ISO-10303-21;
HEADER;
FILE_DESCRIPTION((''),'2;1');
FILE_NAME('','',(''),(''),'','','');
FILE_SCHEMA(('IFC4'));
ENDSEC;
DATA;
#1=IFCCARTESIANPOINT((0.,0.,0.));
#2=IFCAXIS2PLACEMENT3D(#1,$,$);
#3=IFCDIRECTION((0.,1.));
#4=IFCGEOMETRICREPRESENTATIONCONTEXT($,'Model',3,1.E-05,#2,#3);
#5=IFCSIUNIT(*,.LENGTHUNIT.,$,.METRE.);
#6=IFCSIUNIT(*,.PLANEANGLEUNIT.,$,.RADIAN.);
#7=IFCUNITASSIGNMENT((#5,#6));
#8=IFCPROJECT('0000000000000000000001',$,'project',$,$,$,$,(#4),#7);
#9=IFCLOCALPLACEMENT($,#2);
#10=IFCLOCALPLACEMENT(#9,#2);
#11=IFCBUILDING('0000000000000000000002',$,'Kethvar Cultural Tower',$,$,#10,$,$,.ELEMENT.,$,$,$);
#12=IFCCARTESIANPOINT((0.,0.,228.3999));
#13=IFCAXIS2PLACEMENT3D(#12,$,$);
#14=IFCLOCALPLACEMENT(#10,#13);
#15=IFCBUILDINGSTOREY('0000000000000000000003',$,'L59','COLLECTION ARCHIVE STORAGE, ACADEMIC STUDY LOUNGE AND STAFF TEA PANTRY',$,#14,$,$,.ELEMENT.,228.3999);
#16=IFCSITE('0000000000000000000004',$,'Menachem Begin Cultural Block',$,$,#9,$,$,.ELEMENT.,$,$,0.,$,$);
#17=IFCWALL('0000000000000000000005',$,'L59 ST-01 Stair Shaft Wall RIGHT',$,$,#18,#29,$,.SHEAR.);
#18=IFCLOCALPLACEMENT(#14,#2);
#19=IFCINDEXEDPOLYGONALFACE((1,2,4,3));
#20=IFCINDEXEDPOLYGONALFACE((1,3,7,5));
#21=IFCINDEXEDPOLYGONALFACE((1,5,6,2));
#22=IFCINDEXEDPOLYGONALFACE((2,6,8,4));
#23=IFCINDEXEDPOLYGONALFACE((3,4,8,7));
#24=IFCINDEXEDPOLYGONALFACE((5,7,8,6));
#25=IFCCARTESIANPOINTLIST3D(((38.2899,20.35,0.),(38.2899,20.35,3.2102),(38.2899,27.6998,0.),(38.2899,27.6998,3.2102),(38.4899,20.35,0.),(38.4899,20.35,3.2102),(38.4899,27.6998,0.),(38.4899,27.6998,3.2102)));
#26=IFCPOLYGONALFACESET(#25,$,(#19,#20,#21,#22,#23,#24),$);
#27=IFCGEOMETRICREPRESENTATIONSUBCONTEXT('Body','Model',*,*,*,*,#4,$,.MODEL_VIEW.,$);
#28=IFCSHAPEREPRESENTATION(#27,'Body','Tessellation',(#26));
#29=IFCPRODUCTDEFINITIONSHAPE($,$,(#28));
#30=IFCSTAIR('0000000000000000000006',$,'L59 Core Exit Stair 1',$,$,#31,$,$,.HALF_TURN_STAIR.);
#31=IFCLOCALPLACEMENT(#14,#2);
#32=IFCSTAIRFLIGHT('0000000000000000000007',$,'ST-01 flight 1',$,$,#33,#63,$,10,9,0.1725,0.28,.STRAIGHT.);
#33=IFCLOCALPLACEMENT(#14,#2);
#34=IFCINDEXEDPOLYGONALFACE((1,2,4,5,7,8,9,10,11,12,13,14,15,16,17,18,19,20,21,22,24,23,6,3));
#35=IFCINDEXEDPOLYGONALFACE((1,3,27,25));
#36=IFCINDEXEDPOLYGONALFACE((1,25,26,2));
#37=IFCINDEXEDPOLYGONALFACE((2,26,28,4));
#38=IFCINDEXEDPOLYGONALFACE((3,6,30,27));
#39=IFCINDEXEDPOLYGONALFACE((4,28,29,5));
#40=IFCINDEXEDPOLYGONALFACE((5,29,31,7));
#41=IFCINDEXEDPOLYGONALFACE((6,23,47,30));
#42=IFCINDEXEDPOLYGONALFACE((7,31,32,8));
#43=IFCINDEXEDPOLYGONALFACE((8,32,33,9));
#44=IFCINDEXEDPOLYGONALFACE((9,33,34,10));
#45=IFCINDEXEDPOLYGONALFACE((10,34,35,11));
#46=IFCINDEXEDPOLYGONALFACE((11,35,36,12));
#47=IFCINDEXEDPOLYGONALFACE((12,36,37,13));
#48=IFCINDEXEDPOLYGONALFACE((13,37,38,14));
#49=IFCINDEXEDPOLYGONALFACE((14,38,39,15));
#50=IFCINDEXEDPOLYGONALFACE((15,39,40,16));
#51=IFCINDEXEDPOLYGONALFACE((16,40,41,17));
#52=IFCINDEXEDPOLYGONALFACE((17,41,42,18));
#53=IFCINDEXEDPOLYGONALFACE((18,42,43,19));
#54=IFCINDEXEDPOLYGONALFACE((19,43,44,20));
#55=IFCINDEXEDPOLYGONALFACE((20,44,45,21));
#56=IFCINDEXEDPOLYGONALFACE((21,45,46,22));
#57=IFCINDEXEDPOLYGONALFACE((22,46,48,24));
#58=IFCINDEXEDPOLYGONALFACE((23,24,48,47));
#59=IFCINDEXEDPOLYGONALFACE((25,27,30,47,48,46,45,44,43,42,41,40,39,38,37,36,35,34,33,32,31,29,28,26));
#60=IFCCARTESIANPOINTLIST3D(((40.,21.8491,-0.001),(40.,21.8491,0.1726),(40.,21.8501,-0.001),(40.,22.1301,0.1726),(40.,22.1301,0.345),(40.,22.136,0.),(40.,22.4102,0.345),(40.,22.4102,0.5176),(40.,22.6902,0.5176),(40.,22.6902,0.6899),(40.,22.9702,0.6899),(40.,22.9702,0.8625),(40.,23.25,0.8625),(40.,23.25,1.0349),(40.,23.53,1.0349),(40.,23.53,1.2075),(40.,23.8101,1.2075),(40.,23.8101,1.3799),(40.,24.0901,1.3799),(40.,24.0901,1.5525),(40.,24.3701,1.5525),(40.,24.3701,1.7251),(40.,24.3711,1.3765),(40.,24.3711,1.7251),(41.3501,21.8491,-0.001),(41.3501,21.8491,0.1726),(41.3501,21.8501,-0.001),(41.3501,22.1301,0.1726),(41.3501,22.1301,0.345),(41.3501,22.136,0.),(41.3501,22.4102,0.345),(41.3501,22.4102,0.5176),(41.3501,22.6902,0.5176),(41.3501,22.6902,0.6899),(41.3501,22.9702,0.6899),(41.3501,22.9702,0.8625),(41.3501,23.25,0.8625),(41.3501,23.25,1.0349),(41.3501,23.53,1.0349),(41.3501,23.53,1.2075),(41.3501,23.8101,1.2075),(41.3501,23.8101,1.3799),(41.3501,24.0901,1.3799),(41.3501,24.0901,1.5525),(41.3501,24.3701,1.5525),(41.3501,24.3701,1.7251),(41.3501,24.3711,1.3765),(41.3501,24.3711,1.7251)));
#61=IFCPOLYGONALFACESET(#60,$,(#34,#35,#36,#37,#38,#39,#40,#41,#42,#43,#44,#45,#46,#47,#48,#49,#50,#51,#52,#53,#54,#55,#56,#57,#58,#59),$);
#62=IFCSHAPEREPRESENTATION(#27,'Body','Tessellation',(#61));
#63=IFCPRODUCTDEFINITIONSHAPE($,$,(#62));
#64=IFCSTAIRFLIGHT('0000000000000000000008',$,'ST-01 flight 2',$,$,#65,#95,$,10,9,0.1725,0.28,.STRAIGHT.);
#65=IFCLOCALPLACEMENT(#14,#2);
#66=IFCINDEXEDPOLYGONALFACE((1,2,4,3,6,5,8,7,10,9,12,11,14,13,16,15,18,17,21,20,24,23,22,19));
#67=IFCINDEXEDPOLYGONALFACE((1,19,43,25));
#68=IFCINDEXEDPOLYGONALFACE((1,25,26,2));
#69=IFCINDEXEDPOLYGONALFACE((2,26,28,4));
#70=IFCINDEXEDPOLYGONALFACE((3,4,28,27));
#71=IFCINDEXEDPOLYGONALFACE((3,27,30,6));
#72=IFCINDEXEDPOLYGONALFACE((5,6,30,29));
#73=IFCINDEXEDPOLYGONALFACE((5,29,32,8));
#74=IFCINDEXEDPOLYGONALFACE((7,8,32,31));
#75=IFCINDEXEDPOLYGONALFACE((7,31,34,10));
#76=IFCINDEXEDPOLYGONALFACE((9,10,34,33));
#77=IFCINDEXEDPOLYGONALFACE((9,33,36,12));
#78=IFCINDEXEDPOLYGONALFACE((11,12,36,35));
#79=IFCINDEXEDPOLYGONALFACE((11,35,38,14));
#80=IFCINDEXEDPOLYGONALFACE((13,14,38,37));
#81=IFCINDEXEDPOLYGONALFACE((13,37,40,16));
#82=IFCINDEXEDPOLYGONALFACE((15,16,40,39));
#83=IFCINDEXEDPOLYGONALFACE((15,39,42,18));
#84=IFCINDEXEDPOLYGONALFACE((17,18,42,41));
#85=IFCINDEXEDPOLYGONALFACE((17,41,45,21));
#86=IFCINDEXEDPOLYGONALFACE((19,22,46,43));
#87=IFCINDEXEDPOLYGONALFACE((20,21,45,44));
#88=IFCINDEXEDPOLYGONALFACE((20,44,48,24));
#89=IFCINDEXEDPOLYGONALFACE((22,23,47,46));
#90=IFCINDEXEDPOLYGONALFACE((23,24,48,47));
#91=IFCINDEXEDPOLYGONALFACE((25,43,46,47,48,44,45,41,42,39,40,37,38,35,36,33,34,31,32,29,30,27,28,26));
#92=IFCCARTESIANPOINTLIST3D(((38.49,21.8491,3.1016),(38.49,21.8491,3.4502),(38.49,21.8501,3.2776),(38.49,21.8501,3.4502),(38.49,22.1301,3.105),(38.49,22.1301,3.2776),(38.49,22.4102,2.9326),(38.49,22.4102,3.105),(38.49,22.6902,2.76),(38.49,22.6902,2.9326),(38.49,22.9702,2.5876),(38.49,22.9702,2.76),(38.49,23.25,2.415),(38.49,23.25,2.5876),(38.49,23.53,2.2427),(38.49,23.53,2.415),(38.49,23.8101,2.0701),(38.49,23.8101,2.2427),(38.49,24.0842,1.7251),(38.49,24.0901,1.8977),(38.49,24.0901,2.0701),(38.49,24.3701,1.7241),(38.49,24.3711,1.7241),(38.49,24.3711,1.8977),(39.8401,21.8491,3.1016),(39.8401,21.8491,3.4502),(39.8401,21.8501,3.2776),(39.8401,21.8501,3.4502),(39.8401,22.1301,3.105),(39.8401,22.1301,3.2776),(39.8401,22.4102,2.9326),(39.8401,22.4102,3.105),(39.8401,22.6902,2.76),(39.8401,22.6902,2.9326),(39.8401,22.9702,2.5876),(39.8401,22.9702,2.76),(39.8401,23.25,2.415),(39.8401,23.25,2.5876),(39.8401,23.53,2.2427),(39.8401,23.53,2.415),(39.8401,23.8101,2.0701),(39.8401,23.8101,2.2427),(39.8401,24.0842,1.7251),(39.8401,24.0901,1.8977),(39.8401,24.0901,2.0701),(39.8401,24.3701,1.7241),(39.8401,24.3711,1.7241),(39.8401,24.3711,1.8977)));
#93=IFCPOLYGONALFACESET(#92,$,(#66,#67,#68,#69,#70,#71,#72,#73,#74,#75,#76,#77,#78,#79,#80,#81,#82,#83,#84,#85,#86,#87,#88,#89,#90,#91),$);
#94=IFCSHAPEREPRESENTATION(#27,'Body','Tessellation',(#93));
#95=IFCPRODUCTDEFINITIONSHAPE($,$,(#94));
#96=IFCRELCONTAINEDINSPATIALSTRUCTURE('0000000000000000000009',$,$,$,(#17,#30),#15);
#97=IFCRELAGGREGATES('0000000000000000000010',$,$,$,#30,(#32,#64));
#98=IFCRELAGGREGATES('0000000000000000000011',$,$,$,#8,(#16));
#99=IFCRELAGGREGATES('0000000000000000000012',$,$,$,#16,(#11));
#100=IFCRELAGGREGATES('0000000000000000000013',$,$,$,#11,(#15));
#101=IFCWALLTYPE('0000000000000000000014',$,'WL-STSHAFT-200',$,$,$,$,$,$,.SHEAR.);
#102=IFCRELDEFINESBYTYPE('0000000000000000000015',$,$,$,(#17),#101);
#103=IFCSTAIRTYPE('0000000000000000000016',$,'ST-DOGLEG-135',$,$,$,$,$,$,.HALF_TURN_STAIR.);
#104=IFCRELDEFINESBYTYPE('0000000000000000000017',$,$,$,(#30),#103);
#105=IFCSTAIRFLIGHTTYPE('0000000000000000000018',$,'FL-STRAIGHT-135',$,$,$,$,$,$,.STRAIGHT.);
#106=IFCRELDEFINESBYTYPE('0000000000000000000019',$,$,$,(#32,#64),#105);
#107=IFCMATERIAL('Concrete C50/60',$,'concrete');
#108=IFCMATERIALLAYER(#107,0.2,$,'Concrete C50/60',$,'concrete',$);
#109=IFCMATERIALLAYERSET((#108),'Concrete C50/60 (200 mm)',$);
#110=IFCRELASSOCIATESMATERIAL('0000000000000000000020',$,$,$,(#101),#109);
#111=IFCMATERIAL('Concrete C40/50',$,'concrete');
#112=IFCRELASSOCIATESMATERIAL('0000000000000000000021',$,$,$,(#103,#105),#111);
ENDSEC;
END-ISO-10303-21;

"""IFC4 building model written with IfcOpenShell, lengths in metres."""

from ifc_helpers import new_model, si_unit, direction, frame, frame_2d, origin, place, context, subcontext, project, spatial, polyline, rectangle, outline, extrude, material, layer, layer_set, type_object, element, aggregate, save


model = new_model("IFC4")

# Units and contexts
model_context = context("Model", 3, precision=1e-05, world=origin(), true_north=direction((0.0, 1.0)))
body_context = subcontext(model_context, "Body", "Model", "MODEL_VIEW")
ifc_project = project(units=[si_unit("LENGTHUNIT", "METRE"), si_unit("PLANEANGLEUNIT", "RADIAN")], contexts=[model_context])

# Site, building, storey
site_placement = place(None, origin())
site = spatial("IfcSite", under=ifc_project, at=site_placement, Name="Menachem Begin Cultural Block", CompositionType="ELEMENT", RefElevation=0.0)
building_placement = place(site_placement, origin())
building = spatial("IfcBuilding", under=site, at=building_placement, Name="Kethvar Cultural Tower", CompositionType="ELEMENT")
storey_placement = place(building_placement, frame((0.0, 0.0, 228.3999)))
storey = spatial("IfcBuildingStorey", under=building, at=storey_placement, Name="L59", Description="COLLECTION ARCHIVE STORAGE, ACADEMIC STUDY LOUNGE AND STAFF TEA PANTRY", CompositionType="ELEMENT", Elevation=228.3999)

# Shared definitions
ifc_material_1 = material(Name="Concrete C50/60", Category="concrete")

# Wall
ifc_layer_1 = layer(ifc_material_1, 0.2, Name="Concrete C50/60", Category="concrete")
ifc_layer_set_1 = layer_set([ifc_layer_1], Name="Concrete C50/60 (200 mm)")
wall_type_1 = type_object("IfcWallType", Name="WL-STSHAFT-200", PredefinedType="SHEAR", material=ifc_layer_set_1)
wall_1_placement = place(storey_placement, frame((38.3899, 20.3501, 0.0), z_axis=(0.0, 0.0, 1.0), x_axis=(0.0, 1.0, 0.0)))
element("IfcWall", 1, at=wall_1_placement, inside=storey, type_object=wall_type_1, Name="L59 ST-01 Stair Shaft Wall RIGHT", PredefinedType="SHEAR", context=body_context, shape_type="SweptSolid", body=[
    extrude(rectangle(XDim=7.3499, YDim=0.2, at=frame_2d((3.6748, 0.0))), origin(), (0.0, 0.0, 1.0), 3.2102),
])

# Stair, stair flights
ifc_material_2 = material(Name="Concrete C40/50", Category="concrete")
stair_type = type_object("IfcStairType", Name="ST-DOGLEG-135", PredefinedType="HALF_TURN_STAIR", material=ifc_material_2)
stair_placement = place(storey_placement, origin())
stair = element("IfcStair", 2, at=stair_placement, inside=storey, type_object=stair_type, Name="L59 Core Exit Stair 1", PredefinedType="HALF_TURN_STAIR")
stair_flight_type = type_object("IfcStairFlightType", Name="FL-STRAIGHT-135", PredefinedType="STRAIGHT", material=ifc_material_2)
stair_flight_1_placement = place(storey_placement, frame((40.675, 21.8501, 0.0), z_axis=(0.0, 0.0, 1.0), x_axis=(0.0, 1.0, 0.0)))
stair_flight_1 = element("IfcStairFlight", 3, at=stair_flight_1_placement, type_object=stair_flight_type, Name="ST-01 flight 1", NumberOfRisers=10, NumberOfTreads=9, PredefinedType="STRAIGHT", RiserHeight=0.1725, TreadLength=0.28, context=body_context, shape_type="SweptSolid", body=[
    extrude(outline(polyline([(-0.001, -0.001), (-0.001, 0.1726), (0.28, 0.1726), (0.28, 0.345), (0.5601, 0.345), (0.5601, 0.5176), (0.8401, 0.5176), (0.8401, 0.6899), (1.1201, 0.6899), (1.1201, 0.8625), (1.3999, 0.8625), (1.3999, 1.0349), (1.6799, 1.0349), (1.6799, 1.2075), (1.96, 1.2075), (1.96, 1.3799), (2.24, 1.3799), (2.24, 1.5525), (2.52, 1.5525), (2.52, 1.7251), (2.521, 1.7251), (2.521, 1.3765), (0.2859, 0.0), (0.0, -0.001), (-0.001, -0.001)])), frame((0.0, 0.675, 0.0), z_axis=(0.0, -1.0, 0.0), x_axis=(1.0, 0.0, 0.0)), (0.0, 0.0, 1.0), 1.3501),
])
stair_flight_2_placement = place(storey_placement, frame((39.165, 24.3701, 1.7251), z_axis=(0.0, 0.0, 1.0), x_axis=(0.0, -1.0, 0.0)))
stair_flight_2 = element("IfcStairFlight", 4, at=stair_flight_2_placement, type_object=stair_flight_type, Name="ST-01 flight 2", NumberOfRisers=10, NumberOfTreads=9, PredefinedType="STRAIGHT", RiserHeight=0.1725, TreadLength=0.28, context=body_context, shape_type="SweptSolid", body=[
    extrude(outline(polyline([(-0.001, -0.001), (-0.001, 0.1726), (0.28, 0.1726), (0.28, 0.345), (0.5601, 0.345), (0.5601, 0.5176), (0.8401, 0.5176), (0.8401, 0.6899), (1.1201, 0.6899), (1.1201, 0.8625), (1.3999, 0.8625), (1.3999, 1.0349), (1.6799, 1.0349), (1.6799, 1.2075), (1.96, 1.2075), (1.96, 1.3799), (2.24, 1.3799), (2.24, 1.5525), (2.52, 1.5525), (2.52, 1.7251), (2.521, 1.7251), (2.521, 1.3765), (0.2859, 0.0), (0.0, -0.001), (-0.001, -0.001)])), frame((0.0, 0.675, 0.0), z_axis=(0.0, -1.0, 0.0), x_axis=(1.0, 0.0, 0.0)), (0.0, 0.0, 1.0), 1.3501),
])
aggregate(stair, [stair_flight_1, stair_flight_2])

save(model, "model.ifc")
